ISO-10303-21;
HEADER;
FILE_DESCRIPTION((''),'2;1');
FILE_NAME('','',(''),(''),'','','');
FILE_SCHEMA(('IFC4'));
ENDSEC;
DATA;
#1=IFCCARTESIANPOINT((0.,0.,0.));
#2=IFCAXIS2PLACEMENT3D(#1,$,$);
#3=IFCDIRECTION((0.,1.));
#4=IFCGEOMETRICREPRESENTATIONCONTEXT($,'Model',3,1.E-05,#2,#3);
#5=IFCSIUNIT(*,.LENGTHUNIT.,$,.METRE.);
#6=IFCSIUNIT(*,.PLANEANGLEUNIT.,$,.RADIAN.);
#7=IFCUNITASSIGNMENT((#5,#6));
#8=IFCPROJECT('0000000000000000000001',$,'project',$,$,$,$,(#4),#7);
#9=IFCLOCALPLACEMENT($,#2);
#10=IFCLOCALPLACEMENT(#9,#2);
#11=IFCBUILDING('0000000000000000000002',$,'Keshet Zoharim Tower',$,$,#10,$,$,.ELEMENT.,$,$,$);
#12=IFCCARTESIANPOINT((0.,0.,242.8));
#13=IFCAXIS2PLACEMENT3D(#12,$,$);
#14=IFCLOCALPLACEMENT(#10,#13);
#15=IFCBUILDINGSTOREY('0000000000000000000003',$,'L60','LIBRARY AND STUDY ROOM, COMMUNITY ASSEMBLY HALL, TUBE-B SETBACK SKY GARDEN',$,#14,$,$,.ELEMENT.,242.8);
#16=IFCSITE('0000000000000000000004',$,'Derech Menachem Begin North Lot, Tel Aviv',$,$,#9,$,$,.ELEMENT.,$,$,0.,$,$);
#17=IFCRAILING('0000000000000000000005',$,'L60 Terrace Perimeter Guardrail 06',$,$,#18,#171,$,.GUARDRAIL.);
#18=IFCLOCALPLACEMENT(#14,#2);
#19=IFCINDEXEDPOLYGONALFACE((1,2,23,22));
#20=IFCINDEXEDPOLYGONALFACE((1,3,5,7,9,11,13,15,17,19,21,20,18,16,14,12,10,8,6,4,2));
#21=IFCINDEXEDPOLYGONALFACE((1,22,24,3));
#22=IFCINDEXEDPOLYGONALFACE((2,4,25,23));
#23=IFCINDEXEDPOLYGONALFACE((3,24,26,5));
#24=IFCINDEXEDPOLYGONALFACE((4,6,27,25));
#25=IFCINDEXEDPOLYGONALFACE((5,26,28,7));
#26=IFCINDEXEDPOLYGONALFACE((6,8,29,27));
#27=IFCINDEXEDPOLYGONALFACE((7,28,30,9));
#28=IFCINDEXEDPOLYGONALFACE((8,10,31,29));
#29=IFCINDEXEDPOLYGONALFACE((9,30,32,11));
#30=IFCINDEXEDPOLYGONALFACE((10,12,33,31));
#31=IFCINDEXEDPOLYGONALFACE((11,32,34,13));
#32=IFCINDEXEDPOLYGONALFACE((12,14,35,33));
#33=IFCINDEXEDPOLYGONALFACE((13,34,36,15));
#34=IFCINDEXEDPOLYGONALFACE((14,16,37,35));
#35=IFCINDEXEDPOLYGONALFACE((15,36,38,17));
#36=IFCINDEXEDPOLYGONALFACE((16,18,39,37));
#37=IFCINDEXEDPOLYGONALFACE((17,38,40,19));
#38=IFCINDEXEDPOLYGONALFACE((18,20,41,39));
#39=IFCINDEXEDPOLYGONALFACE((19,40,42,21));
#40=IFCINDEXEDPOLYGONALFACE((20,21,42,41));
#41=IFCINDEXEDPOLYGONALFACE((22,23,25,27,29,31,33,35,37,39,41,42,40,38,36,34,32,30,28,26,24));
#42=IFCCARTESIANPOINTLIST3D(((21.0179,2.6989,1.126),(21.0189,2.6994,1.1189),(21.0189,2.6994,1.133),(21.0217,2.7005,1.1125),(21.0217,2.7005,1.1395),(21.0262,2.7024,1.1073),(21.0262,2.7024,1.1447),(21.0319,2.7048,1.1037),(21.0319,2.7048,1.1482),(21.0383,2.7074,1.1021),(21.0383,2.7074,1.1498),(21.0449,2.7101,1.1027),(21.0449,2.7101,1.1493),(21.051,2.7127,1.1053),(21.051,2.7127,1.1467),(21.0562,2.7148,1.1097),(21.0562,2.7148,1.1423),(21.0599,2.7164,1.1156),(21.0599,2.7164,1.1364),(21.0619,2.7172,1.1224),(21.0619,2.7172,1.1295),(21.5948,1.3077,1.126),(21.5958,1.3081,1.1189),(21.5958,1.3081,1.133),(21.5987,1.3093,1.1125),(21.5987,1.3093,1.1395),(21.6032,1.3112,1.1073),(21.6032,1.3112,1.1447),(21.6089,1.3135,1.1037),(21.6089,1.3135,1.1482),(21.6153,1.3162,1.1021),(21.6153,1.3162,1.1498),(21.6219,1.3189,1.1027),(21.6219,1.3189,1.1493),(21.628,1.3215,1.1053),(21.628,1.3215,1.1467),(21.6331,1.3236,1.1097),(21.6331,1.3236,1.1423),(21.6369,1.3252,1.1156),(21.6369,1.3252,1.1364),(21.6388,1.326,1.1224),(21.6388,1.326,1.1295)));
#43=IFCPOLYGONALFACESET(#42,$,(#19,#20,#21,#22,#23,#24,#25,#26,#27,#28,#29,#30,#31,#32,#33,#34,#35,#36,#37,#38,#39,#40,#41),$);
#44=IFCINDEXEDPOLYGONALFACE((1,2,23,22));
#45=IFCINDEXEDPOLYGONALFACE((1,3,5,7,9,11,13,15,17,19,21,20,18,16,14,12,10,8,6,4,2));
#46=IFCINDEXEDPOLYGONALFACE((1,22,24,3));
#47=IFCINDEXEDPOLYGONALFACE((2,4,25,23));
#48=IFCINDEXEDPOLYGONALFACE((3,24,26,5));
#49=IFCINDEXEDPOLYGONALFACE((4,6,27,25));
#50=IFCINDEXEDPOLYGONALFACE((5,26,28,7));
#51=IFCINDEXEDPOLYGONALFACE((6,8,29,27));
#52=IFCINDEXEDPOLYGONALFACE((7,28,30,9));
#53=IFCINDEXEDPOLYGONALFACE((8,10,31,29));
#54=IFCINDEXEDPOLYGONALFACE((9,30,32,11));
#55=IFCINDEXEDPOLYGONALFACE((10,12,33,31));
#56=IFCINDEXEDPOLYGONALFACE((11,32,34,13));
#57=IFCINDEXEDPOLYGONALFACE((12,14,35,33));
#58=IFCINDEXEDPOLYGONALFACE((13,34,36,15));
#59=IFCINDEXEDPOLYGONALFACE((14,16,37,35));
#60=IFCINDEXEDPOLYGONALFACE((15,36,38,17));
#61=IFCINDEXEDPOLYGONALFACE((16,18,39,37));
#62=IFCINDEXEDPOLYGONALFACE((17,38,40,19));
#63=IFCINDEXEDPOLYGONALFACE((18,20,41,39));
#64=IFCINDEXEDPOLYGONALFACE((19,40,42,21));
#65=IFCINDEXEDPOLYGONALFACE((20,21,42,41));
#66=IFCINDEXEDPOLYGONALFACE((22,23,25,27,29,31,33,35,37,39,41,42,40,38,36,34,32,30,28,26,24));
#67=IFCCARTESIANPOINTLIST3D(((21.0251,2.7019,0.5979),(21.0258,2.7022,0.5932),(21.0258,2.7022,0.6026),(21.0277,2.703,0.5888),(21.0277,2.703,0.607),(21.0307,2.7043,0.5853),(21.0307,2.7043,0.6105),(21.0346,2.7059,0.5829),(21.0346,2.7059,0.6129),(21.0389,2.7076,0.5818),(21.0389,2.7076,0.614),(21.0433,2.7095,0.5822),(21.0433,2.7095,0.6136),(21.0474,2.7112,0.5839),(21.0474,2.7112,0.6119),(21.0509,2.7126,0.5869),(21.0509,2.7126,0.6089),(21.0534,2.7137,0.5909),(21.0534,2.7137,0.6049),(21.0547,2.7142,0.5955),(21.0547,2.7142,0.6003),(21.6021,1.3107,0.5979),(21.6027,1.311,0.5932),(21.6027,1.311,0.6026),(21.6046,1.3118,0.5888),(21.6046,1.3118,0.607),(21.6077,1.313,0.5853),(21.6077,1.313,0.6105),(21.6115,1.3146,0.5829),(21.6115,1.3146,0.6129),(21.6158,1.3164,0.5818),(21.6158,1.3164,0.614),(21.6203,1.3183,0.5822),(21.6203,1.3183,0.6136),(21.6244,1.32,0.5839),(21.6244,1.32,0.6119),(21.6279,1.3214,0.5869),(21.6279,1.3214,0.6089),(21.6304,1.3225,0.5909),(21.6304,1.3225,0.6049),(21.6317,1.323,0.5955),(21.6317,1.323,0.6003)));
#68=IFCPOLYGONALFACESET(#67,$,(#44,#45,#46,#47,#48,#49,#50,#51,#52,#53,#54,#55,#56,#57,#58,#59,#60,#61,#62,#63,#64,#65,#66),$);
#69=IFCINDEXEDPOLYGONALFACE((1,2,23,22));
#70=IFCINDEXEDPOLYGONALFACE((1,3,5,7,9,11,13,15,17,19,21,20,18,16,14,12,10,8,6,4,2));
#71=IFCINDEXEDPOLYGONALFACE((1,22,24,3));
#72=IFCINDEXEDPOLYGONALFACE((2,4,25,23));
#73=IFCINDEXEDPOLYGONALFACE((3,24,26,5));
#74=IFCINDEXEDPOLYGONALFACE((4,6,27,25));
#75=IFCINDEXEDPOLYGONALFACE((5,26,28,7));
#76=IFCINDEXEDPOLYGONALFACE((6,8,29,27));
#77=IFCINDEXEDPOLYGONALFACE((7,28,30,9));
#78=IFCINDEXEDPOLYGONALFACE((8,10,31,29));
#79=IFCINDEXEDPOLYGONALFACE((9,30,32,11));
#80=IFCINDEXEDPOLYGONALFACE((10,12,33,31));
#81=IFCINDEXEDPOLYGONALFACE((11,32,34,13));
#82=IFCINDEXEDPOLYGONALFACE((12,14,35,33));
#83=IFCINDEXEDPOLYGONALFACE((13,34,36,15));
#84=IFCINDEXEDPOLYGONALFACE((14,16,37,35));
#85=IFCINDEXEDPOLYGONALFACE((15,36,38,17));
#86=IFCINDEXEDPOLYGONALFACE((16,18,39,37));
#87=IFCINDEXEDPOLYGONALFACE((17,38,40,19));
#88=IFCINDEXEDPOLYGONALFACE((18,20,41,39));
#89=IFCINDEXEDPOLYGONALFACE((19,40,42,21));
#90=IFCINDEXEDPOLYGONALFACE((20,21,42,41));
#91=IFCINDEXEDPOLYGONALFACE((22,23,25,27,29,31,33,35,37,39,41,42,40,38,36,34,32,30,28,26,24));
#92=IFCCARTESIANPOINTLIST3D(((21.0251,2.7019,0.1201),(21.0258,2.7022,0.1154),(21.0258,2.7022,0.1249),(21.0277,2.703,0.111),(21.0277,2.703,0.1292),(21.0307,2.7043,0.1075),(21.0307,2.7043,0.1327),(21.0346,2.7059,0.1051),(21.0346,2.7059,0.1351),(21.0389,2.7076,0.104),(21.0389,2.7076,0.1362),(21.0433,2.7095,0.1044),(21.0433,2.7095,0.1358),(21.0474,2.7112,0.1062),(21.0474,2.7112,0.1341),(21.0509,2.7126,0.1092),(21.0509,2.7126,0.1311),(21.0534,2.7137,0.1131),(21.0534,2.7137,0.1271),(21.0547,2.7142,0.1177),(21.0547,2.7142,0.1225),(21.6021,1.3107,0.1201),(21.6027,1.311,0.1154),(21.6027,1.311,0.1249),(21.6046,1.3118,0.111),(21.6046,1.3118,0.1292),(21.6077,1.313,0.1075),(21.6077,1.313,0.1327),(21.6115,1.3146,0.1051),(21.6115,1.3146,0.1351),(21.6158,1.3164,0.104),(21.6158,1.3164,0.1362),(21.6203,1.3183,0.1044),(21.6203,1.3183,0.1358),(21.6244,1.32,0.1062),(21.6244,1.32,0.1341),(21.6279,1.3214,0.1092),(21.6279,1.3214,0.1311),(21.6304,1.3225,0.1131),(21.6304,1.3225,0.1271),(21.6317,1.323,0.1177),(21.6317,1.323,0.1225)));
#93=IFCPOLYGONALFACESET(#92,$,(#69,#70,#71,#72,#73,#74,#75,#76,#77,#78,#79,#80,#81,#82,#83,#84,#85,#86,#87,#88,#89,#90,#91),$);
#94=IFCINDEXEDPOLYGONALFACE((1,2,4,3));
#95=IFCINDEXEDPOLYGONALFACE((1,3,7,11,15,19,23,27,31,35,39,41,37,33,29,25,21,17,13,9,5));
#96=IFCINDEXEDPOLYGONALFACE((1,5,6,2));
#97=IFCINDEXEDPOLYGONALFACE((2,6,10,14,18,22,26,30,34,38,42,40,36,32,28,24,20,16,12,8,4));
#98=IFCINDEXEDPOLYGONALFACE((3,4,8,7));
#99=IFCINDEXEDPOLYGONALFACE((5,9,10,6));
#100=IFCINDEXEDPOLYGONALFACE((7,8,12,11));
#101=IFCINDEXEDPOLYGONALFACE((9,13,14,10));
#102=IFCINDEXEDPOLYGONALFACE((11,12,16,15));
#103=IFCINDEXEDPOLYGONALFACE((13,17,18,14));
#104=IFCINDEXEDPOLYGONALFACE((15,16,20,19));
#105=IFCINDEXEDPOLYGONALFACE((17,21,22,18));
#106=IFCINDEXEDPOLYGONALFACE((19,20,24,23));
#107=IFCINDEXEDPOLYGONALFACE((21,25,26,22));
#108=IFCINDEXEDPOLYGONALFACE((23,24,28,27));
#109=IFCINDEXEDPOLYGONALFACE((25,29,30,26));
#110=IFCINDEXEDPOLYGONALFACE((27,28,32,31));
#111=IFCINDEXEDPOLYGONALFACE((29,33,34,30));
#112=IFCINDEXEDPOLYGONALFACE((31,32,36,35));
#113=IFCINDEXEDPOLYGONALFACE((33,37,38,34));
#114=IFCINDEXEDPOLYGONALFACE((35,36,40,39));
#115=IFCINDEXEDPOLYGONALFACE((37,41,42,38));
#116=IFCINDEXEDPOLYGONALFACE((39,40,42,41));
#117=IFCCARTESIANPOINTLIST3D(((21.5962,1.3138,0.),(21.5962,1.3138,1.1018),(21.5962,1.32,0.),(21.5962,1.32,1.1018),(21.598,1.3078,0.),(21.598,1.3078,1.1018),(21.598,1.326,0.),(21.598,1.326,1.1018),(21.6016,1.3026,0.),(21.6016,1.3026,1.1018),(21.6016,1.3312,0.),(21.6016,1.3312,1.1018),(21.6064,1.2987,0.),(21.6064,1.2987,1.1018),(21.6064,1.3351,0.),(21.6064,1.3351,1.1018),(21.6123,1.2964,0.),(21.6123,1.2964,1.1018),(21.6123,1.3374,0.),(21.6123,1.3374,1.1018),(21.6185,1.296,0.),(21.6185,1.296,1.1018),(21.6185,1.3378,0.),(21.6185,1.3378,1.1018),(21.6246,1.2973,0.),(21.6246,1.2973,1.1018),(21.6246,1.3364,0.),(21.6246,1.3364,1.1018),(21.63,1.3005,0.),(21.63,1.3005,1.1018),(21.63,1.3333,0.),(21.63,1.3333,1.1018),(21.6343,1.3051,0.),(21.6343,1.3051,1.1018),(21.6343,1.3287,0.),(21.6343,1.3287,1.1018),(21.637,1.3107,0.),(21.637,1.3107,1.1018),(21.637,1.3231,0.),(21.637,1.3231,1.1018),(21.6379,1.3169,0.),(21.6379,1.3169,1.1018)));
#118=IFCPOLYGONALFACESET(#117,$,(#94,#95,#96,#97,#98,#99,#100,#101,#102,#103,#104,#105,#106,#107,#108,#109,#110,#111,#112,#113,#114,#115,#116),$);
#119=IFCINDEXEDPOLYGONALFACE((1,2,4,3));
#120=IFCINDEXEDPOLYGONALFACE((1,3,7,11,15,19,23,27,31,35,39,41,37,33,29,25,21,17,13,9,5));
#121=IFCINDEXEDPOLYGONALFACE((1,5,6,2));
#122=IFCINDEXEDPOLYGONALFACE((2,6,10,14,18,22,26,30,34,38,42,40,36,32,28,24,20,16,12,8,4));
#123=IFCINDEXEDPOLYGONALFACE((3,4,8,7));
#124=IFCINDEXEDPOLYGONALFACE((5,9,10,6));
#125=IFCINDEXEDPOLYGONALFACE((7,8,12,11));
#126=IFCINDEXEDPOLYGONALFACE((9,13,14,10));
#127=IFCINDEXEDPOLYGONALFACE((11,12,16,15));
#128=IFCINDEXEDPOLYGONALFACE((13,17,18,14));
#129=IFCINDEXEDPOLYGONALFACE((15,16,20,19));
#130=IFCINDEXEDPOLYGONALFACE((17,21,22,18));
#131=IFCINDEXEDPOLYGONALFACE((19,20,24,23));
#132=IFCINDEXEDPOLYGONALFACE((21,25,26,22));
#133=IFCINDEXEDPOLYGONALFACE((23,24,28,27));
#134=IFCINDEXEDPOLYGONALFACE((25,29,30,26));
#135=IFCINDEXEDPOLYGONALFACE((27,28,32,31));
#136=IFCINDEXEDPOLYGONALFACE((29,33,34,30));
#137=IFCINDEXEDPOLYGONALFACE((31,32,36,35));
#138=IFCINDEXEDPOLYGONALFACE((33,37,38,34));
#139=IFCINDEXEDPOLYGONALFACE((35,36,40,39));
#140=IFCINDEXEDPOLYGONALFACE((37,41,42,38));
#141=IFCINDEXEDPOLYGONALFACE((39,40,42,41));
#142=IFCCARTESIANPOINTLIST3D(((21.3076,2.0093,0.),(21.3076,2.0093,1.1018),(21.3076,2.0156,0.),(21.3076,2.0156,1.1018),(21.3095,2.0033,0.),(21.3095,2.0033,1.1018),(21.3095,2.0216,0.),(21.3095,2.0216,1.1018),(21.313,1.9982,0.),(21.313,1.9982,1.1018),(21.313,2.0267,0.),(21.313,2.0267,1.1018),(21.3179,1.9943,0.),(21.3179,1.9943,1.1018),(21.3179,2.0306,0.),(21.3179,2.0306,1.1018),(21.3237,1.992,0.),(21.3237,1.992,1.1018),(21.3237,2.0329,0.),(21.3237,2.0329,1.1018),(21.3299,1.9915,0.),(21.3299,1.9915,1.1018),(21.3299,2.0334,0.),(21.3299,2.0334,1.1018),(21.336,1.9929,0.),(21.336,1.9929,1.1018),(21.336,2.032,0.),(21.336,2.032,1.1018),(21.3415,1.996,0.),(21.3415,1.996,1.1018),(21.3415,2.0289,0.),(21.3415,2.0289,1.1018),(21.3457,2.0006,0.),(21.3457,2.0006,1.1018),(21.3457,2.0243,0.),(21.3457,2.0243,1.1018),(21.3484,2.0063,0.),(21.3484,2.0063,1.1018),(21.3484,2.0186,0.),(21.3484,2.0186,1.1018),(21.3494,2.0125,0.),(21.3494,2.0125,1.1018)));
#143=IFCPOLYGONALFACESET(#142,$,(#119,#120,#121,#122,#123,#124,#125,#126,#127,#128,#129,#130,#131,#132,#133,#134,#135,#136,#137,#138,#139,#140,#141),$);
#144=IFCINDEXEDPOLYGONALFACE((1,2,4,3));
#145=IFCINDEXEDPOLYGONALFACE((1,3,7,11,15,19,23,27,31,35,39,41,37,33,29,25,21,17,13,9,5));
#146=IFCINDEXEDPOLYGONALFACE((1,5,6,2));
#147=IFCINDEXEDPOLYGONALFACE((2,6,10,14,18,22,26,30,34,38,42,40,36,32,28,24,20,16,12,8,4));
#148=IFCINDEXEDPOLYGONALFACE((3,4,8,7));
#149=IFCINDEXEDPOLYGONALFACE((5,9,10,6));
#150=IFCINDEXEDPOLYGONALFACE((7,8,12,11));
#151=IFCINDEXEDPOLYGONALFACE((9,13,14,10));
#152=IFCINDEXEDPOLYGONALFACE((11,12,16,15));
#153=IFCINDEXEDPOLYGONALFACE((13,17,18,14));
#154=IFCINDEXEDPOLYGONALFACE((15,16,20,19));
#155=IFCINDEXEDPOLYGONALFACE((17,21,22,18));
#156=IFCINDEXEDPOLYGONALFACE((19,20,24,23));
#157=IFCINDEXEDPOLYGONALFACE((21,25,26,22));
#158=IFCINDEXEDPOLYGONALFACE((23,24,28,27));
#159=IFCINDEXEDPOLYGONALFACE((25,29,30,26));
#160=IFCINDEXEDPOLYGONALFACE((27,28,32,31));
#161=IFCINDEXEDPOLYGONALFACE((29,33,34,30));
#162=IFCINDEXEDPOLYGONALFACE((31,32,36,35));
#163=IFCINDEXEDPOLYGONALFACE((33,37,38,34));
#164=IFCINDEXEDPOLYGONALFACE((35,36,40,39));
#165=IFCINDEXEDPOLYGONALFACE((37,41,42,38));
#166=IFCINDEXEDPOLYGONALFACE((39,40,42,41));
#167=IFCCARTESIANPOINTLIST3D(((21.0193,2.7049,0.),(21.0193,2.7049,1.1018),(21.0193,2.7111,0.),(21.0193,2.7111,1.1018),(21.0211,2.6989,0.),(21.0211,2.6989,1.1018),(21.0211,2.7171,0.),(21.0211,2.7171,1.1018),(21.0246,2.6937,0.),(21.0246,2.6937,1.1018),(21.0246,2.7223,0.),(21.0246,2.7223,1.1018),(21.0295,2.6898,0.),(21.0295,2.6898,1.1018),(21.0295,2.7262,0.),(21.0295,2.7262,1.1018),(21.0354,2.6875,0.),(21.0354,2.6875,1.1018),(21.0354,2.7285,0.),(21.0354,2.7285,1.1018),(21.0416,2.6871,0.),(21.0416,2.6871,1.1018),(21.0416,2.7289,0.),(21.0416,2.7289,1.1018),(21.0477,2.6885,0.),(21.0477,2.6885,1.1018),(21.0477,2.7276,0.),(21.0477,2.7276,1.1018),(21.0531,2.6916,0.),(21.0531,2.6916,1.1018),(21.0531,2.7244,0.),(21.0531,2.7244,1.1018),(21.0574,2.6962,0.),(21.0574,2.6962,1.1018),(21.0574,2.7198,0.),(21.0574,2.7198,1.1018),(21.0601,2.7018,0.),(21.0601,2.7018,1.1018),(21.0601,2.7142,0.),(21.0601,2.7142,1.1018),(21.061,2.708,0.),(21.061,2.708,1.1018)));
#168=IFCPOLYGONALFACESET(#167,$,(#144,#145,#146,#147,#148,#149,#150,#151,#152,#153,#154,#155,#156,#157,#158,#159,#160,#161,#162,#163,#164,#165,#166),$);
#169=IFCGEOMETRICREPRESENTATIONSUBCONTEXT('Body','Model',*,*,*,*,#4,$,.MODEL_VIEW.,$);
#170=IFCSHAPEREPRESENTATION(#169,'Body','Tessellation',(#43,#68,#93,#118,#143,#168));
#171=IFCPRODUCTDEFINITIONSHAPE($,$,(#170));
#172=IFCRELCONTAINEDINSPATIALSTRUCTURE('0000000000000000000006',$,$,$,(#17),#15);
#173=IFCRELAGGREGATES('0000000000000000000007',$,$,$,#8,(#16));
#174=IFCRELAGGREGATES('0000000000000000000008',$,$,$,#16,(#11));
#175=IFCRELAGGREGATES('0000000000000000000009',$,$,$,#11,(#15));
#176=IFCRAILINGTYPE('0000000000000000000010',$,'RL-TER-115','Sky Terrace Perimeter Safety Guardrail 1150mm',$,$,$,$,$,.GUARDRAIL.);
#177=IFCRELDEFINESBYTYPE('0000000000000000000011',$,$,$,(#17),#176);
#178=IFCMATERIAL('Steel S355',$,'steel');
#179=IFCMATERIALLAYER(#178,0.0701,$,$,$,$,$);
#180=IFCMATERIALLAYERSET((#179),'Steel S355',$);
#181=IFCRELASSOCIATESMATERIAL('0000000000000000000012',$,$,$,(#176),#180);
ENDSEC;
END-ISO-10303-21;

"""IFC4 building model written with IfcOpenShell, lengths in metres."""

from ifc_helpers import new_model, si_unit, direction, frame, origin, origin_2d, place, context, subcontext, project, spatial, circle, extrude, material, layer, layer_set, type_object, element, save


model = new_model("IFC4")

# Units and contexts
model_context = context("Model", 3, precision=1e-05, world=origin(), true_north=direction((0.0, 1.0)))
body_context = subcontext(model_context, "Body", "Model", "MODEL_VIEW")
ifc_project = project(units=[si_unit("LENGTHUNIT", "METRE"), si_unit("PLANEANGLEUNIT", "RADIAN")], contexts=[model_context])

# Site, building, storey
site_placement = place(None, origin())
site = spatial("IfcSite", under=ifc_project, at=site_placement, Name="Derech Menachem Begin North Lot, Tel Aviv", CompositionType="ELEMENT", RefElevation=0.0)
building_placement = place(site_placement, origin())
building = spatial("IfcBuilding", under=site, at=building_placement, Name="Keshet Zoharim Tower", CompositionType="ELEMENT")
storey_placement = place(building_placement, frame((0.0, 0.0, 242.8)))
storey = spatial("IfcBuildingStorey", under=building, at=storey_placement, Name="L60", Description="LIBRARY AND STUDY ROOM, COMMUNITY ASSEMBLY HALL, TUBE-B SETBACK SKY GARDEN", CompositionType="ELEMENT", Elevation=242.8)

# Shared definitions
ifc_material_1 = material(Name="Steel S355", Category="steel")

# Railing
ifc_layer_1 = layer(ifc_material_1, 0.0701)
ifc_layer_set_1 = layer_set([ifc_layer_1], Name="Steel S355")
railing_type = type_object("IfcRailingType", Name="RL-TER-115", Description="Sky Terrace Perimeter Safety Guardrail 1150mm", PredefinedType="GUARDRAIL", material=ifc_layer_set_1)
railing_1_placement = place(storey_placement, frame((21.6169, 1.3169, 0.0)))
element("IfcRailing", 1, at=railing_1_placement, inside=storey, type_object=railing_type, Name="L60 Terrace Perimeter Guardrail 06", PredefinedType="GUARDRAIL", context=body_context, shape_type="SweptSolid", body=[
    extrude(circle(Radius=0.0239, at=origin_2d()), frame((0.0, 0.0, 1.126), z_axis=(-0.383072, 0.923718, 0.0), x_axis=(-0.923718, -0.383072, 0.0)), (0.0, 0.0, 1.0), 1.5061),
    extrude(circle(Radius=0.0161, at=origin_2d()), frame((0.0, 0.0, 0.5979), z_axis=(-0.383072, 0.923718, 0.0), x_axis=(-0.923718, -0.383072, 0.0)), (0.0, 0.0, 1.0), 1.5061),
    extrude(circle(Radius=0.0161, at=origin_2d()), frame((0.0, 0.0, 0.1201), z_axis=(-0.383072, 0.923718, 0.0), x_axis=(-0.923718, -0.383072, 0.0)), (0.0, 0.0, 1.0), 1.5061),
    extrude(circle(Radius=0.021, at=origin_2d()), origin(), (0.0, 0.0, 1.0), 1.1018),
    extrude(circle(Radius=0.021, at=origin_2d()), frame((-0.2886, 0.6956, 0.0)), (0.0, 0.0, 1.0), 1.1018),
    extrude(circle(Radius=0.021, at=origin_2d()), frame((-0.5769, 1.3911, 0.0)), (0.0, 0.0, 1.0), 1.1018),
])

save(model, "model.ifc")
